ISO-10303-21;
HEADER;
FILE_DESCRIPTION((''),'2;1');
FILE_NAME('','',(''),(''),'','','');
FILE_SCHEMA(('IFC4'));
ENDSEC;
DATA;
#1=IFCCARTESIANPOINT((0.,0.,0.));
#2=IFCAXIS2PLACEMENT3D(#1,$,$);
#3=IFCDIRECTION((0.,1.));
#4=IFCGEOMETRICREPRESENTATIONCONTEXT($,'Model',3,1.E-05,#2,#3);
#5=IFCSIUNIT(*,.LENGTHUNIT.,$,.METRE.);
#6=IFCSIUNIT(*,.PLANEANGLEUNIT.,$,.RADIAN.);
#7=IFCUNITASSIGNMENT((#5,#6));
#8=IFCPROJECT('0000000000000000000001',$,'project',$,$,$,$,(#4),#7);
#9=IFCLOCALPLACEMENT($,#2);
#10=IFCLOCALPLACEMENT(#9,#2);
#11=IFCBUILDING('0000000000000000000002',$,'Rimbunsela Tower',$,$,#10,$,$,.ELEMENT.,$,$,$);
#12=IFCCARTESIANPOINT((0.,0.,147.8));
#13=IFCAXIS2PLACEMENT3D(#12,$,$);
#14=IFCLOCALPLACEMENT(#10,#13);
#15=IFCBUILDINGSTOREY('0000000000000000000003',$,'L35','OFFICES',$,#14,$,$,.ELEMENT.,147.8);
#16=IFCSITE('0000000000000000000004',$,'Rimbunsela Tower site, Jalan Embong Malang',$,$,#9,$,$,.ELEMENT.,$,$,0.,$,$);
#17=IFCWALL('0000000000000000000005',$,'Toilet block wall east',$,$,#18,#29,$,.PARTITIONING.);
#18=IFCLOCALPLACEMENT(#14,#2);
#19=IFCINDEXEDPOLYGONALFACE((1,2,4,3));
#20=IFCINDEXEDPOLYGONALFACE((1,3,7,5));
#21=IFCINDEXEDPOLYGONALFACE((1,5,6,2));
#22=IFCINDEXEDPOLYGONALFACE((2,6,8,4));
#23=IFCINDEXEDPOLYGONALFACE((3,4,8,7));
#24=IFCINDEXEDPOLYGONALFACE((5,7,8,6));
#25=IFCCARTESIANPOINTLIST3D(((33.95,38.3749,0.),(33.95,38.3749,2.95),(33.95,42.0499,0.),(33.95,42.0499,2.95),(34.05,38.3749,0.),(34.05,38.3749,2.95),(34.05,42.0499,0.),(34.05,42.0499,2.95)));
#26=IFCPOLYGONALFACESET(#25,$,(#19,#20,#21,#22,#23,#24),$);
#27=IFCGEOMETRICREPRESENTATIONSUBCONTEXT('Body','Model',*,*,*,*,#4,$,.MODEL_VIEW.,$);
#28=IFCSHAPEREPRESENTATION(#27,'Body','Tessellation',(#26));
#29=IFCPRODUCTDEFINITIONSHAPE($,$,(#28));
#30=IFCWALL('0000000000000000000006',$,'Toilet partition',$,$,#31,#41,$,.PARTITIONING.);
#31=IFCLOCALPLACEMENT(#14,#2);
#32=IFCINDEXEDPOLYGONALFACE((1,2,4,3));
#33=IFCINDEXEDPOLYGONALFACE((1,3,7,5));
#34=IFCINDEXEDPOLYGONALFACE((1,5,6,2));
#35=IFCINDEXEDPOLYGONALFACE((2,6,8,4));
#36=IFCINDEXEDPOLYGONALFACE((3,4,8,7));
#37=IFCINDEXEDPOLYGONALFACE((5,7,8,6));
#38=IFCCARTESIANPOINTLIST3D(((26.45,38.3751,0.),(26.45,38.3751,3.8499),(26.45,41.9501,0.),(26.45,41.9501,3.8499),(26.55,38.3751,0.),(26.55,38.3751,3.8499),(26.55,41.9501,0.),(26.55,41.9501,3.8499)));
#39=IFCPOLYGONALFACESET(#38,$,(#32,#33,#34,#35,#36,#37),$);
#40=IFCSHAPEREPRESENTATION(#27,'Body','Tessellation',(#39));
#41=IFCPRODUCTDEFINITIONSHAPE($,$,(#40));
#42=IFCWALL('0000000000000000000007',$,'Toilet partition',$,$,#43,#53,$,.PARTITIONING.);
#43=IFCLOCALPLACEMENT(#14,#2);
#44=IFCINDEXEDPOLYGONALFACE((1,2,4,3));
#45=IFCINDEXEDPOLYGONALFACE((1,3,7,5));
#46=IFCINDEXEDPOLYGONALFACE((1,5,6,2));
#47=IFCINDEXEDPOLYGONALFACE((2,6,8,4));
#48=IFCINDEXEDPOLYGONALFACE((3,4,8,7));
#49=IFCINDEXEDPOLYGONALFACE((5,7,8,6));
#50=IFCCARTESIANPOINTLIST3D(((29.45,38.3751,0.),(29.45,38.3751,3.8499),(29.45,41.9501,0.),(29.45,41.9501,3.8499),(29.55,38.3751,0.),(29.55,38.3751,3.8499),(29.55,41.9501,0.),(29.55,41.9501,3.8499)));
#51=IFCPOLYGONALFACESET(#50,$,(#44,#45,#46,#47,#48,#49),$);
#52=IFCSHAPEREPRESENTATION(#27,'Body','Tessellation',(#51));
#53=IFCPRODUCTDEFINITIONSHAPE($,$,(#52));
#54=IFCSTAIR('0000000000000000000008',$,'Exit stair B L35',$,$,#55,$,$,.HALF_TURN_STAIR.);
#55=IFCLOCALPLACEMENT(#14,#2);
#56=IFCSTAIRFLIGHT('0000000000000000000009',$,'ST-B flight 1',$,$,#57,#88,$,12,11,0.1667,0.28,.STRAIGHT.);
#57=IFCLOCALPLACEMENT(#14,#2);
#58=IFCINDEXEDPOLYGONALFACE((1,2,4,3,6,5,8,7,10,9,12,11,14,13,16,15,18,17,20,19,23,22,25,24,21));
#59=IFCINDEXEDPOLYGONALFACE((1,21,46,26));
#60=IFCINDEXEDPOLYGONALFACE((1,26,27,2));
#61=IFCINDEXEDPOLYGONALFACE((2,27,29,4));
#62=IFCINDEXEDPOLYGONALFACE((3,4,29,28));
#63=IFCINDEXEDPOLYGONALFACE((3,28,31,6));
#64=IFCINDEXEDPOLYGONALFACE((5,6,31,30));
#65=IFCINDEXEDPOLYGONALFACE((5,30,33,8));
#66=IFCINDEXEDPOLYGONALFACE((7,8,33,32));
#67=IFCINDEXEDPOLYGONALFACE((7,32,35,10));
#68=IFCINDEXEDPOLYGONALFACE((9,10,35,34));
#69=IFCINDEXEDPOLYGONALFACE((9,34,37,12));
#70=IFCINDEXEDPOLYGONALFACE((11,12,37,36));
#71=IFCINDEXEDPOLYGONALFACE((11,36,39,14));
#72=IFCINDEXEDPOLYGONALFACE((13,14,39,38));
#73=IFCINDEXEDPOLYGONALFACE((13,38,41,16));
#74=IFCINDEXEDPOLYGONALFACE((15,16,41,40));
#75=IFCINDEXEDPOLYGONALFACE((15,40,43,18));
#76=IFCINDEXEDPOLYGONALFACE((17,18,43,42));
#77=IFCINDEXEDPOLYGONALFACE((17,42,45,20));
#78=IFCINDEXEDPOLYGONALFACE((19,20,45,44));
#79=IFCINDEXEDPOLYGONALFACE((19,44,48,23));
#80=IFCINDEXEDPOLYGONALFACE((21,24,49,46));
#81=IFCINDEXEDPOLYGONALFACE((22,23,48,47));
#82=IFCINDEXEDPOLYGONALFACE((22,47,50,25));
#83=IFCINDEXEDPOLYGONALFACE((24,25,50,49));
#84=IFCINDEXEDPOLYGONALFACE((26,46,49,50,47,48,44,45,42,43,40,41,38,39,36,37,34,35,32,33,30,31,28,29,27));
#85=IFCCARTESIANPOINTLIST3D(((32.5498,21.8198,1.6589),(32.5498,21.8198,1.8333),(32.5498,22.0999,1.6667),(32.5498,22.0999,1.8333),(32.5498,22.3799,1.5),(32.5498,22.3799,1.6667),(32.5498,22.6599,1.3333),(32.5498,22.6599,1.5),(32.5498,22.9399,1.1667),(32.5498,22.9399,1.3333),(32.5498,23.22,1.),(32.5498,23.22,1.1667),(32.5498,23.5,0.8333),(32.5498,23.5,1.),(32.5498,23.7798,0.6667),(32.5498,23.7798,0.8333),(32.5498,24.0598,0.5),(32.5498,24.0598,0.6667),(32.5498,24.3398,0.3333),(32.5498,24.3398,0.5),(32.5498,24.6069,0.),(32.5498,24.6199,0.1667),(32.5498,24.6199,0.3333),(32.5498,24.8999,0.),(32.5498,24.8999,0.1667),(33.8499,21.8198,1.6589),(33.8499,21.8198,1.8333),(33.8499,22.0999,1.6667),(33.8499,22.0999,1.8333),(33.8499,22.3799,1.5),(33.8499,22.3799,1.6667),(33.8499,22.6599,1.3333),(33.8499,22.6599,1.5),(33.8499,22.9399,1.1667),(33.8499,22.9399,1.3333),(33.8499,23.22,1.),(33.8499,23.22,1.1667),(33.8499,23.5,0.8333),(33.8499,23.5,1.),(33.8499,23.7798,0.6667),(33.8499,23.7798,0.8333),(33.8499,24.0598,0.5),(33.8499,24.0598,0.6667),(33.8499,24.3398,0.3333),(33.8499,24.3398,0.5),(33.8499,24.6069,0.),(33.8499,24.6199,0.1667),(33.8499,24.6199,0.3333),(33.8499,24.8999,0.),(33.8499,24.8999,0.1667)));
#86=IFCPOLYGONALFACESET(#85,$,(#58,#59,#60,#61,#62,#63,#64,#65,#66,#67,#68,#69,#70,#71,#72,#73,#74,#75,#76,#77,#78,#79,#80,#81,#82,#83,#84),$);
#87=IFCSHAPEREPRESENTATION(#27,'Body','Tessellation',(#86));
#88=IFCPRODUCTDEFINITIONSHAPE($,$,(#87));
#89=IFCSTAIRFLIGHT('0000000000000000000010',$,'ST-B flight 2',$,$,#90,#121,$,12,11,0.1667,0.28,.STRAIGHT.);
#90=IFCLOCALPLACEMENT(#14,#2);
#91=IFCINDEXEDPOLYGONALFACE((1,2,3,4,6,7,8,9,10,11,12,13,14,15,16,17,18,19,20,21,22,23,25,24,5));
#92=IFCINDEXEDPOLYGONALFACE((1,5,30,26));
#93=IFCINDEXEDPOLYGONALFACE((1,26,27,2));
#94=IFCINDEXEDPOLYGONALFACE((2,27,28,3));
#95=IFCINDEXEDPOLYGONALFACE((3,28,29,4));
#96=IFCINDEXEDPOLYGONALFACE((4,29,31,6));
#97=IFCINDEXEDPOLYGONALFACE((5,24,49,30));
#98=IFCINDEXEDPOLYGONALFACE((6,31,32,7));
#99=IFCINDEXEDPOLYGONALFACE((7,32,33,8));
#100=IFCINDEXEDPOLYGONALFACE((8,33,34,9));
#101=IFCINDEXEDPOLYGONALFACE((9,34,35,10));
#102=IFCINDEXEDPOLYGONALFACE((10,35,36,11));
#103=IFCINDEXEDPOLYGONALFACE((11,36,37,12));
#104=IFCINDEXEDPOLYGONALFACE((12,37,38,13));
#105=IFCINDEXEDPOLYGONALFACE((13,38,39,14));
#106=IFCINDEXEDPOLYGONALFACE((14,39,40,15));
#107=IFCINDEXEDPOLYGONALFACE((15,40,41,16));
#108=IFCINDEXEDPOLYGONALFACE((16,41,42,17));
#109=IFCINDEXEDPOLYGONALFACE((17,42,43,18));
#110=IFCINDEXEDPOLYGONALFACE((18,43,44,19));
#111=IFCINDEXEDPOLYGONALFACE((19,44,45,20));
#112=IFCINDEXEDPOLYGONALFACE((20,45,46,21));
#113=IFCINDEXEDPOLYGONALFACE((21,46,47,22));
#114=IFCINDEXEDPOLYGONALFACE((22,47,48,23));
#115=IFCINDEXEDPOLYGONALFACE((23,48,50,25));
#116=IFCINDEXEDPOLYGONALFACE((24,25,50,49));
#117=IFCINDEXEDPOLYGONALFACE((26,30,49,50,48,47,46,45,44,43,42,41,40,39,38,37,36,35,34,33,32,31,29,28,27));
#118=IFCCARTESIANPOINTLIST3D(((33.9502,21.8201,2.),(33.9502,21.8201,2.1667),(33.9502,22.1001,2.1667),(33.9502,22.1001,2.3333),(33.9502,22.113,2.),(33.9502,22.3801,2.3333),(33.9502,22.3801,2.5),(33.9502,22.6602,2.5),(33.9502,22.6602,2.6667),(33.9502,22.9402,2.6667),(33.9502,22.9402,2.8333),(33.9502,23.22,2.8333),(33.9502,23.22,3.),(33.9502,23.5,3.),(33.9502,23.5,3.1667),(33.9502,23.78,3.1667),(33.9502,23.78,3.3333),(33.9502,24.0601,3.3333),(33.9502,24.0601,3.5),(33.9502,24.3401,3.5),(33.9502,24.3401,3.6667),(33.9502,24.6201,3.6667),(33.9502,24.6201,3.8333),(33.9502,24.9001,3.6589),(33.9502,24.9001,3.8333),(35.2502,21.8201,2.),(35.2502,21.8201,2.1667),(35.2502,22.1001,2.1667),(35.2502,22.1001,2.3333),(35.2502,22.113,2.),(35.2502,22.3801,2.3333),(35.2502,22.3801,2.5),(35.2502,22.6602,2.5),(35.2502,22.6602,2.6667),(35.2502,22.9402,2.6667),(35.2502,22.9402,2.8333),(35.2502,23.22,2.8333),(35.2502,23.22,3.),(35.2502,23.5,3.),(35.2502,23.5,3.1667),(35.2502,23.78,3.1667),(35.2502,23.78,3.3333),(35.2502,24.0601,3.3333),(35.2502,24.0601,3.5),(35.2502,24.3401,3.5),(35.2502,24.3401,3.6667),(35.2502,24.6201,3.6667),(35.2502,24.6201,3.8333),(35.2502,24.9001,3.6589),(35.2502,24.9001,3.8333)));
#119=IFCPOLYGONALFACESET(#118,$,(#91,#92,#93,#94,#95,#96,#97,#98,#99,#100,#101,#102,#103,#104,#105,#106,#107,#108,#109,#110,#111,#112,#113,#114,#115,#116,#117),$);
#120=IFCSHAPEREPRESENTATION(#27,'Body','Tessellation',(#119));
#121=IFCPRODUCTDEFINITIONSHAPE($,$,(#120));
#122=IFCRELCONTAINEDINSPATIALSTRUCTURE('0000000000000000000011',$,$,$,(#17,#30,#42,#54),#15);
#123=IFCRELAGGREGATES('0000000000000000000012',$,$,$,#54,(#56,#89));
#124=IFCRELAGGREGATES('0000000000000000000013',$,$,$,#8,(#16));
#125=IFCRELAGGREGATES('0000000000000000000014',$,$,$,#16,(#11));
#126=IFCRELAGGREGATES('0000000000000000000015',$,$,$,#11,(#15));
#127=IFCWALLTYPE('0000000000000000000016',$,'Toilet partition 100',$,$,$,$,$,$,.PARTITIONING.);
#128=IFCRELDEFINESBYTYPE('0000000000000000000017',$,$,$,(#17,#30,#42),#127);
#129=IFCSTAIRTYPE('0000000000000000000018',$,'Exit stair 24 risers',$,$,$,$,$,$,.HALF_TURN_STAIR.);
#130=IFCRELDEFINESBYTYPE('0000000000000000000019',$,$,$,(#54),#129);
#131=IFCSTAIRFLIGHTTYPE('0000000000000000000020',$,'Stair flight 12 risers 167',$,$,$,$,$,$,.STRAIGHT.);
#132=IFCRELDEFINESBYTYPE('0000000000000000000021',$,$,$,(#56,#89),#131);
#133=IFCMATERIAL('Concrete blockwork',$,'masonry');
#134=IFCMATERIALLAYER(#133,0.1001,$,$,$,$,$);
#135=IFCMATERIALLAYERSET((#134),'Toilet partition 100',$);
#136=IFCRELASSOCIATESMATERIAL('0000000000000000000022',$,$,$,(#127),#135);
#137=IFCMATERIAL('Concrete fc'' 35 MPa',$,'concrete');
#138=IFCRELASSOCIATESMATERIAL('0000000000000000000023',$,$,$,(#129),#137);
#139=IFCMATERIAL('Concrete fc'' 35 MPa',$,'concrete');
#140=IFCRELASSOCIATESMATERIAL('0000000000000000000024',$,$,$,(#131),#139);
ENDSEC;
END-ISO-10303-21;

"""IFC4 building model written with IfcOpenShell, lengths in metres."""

from ifc_helpers import new_model, si_unit, direction, frame, frame_2d, origin, place, context, subcontext, project, spatial, polyline, rectangle, outline, extrude, material, layer, layer_set, type_object, element, aggregate, save


model = new_model("IFC4")

# Units and contexts
model_context = context("Model", 3, precision=1e-05, world=origin(), true_north=direction((0.0, 1.0)))
body_context = subcontext(model_context, "Body", "Model", "MODEL_VIEW")
ifc_project = project(units=[si_unit("LENGTHUNIT", "METRE"), si_unit("PLANEANGLEUNIT", "RADIAN")], contexts=[model_context])

# Site, building, storey
site_placement = place(None, origin())
site = spatial("IfcSite", under=ifc_project, at=site_placement, Name="Rimbunsela Tower site, Jalan Embong Malang", CompositionType="ELEMENT", RefElevation=0.0)
building_placement = place(site_placement, origin())
building = spatial("IfcBuilding", under=site, at=building_placement, Name="Rimbunsela Tower", CompositionType="ELEMENT")
storey_placement = place(building_placement, frame((0.0, 0.0, 147.8)))
storey = spatial("IfcBuildingStorey", under=building, at=storey_placement, Name="L35", Description="OFFICES", CompositionType="ELEMENT", Elevation=147.8)

# Walls
ifc_material_1 = material(Name="Concrete blockwork", Category="masonry")
ifc_layer_1 = layer(ifc_material_1, 0.1001)
ifc_layer_set_1 = layer_set([ifc_layer_1], Name="Toilet partition 100")
wall_type_1 = type_object("IfcWallType", Name="Toilet partition 100", PredefinedType="PARTITIONING", material=ifc_layer_set_1)
wall_1_placement = place(storey_placement, frame((34.0, 38.375, 0.0), z_axis=(0.0, 0.0, 1.0), x_axis=(0.0, 1.0, 0.0)))
element("IfcWall", 1, at=wall_1_placement, inside=storey, type_object=wall_type_1, Name="Toilet block wall east", PredefinedType="PARTITIONING", context=body_context, shape_type="SweptSolid", body=[
    extrude(rectangle(XDim=3.675, YDim=0.1001, at=frame_2d((1.8374, 0.0))), origin(), (0.0, 0.0, 1.0), 2.95),
])
for number, where, z_axis, x_axis, name in (
    (2, (26.5, 38.375, 0.0), (0.0, 0.0, 1.0), (0.0, 1.0, 0.0), "Toilet partition"),
    (3, (29.5, 38.375, 0.0), (0.0, 0.0, 1.0), (0.0, 1.0, 0.0), "Toilet partition"),
):
    element("IfcWall", number, at=place(storey_placement, frame(where, z_axis=z_axis, x_axis=x_axis)), inside=storey, type_object=wall_type_1, Name=name, PredefinedType="PARTITIONING", context=body_context, shape_type="SweptSolid", body=[
        extrude(rectangle(XDim=3.575, YDim=0.1001, at=frame_2d((1.7876, 0.0))), origin(), (0.0, 0.0, 1.0), 3.8499),
    ])

# Stair, stair flights
ifc_material_2 = material(Name="Concrete fc' 35 MPa", Category="concrete")
stair_type = type_object("IfcStairType", Name="Exit stair 24 risers", PredefinedType="HALF_TURN_STAIR", material=ifc_material_2)
stair_placement = place(storey_placement, origin())
stair = element("IfcStair", 4, at=stair_placement, inside=storey, type_object=stair_type, Name="Exit stair B L35", PredefinedType="HALF_TURN_STAIR")
ifc_material_3 = material(Name="Concrete fc' 35 MPa", Category="concrete")
stair_flight_type = type_object("IfcStairFlightType", Name="Stair flight 12 risers 167", PredefinedType="STRAIGHT", material=ifc_material_3)
stair_flight_1_placement = place(storey_placement, frame((33.2, 24.8999, 0.0), z_axis=(0.0, 0.0, 1.0), x_axis=(0.0, -1.0, 0.0)))
stair_flight_1 = element("IfcStairFlight", 5, at=stair_flight_1_placement, type_object=stair_flight_type, Name="ST-B flight 1", NumberOfRisers=12, NumberOfTreads=11, PredefinedType="STRAIGHT", RiserHeight=0.1667, TreadLength=0.28, context=body_context, shape_type="SweptSolid", body=[
    extrude(outline(polyline([(0.0, 0.0), (0.0, 0.1667), (0.28, 0.1667), (0.28, 0.3333), (0.5601, 0.3333), (0.5601, 0.5), (0.8401, 0.5), (0.8401, 0.6667), (1.1201, 0.6667), (1.1201, 0.8333), (1.3999, 0.8333), (1.3999, 1.0), (1.6799, 1.0), (1.6799, 1.1667), (1.96, 1.1667), (1.96, 1.3333), (2.24, 1.3333), (2.24, 1.5), (2.52, 1.5), (2.52, 1.6667), (2.8, 1.6667), (2.8, 1.8333), (3.0801, 1.8333), (3.0801, 2.0), (3.0801, 1.6589), (0.293, 0.0), (0.0, 0.0)])), frame((0.0, 0.6499, 0.0), z_axis=(0.0, -1.0, 0.0), x_axis=(1.0, 0.0, 0.0)), (0.0, 0.0, 1.0), 1.3),
])
stair_flight_2_placement = place(storey_placement, frame((34.6001, 21.8201, 2.0), z_axis=(0.0, 0.0, 1.0), x_axis=(0.0, 1.0, 0.0)))
stair_flight_2 = element("IfcStairFlight", 6, at=stair_flight_2_placement, type_object=stair_flight_type, Name="ST-B flight 2", NumberOfRisers=12, NumberOfTreads=11, PredefinedType="STRAIGHT", RiserHeight=0.1667, TreadLength=0.28, context=body_context, shape_type="SweptSolid", body=[
    extrude(outline(polyline([(0.0, 0.0), (0.0, 0.1667), (0.28, 0.1667), (0.28, 0.3333), (0.5601, 0.3333), (0.5601, 0.5), (0.8401, 0.5), (0.8401, 0.6667), (1.1201, 0.6667), (1.1201, 0.8333), (1.3999, 0.8333), (1.3999, 1.0), (1.6799, 1.0), (1.6799, 1.1667), (1.96, 1.1667), (1.96, 1.3333), (2.24, 1.3333), (2.24, 1.5), (2.52, 1.5), (2.52, 1.6667), (2.8, 1.6667), (2.8, 1.8333), (3.0801, 1.8333), (3.0801, 2.0), (3.0801, 1.6589), (0.293, 0.0), (0.0, 0.0)])), frame((0.0, 0.6499, 0.0), z_axis=(0.0, -1.0, 0.0), x_axis=(1.0, 0.0, 0.0)), (0.0, 0.0, 1.0), 1.3),
])
aggregate(stair, [stair_flight_1, stair_flight_2])

save(model, "model.ifc")
